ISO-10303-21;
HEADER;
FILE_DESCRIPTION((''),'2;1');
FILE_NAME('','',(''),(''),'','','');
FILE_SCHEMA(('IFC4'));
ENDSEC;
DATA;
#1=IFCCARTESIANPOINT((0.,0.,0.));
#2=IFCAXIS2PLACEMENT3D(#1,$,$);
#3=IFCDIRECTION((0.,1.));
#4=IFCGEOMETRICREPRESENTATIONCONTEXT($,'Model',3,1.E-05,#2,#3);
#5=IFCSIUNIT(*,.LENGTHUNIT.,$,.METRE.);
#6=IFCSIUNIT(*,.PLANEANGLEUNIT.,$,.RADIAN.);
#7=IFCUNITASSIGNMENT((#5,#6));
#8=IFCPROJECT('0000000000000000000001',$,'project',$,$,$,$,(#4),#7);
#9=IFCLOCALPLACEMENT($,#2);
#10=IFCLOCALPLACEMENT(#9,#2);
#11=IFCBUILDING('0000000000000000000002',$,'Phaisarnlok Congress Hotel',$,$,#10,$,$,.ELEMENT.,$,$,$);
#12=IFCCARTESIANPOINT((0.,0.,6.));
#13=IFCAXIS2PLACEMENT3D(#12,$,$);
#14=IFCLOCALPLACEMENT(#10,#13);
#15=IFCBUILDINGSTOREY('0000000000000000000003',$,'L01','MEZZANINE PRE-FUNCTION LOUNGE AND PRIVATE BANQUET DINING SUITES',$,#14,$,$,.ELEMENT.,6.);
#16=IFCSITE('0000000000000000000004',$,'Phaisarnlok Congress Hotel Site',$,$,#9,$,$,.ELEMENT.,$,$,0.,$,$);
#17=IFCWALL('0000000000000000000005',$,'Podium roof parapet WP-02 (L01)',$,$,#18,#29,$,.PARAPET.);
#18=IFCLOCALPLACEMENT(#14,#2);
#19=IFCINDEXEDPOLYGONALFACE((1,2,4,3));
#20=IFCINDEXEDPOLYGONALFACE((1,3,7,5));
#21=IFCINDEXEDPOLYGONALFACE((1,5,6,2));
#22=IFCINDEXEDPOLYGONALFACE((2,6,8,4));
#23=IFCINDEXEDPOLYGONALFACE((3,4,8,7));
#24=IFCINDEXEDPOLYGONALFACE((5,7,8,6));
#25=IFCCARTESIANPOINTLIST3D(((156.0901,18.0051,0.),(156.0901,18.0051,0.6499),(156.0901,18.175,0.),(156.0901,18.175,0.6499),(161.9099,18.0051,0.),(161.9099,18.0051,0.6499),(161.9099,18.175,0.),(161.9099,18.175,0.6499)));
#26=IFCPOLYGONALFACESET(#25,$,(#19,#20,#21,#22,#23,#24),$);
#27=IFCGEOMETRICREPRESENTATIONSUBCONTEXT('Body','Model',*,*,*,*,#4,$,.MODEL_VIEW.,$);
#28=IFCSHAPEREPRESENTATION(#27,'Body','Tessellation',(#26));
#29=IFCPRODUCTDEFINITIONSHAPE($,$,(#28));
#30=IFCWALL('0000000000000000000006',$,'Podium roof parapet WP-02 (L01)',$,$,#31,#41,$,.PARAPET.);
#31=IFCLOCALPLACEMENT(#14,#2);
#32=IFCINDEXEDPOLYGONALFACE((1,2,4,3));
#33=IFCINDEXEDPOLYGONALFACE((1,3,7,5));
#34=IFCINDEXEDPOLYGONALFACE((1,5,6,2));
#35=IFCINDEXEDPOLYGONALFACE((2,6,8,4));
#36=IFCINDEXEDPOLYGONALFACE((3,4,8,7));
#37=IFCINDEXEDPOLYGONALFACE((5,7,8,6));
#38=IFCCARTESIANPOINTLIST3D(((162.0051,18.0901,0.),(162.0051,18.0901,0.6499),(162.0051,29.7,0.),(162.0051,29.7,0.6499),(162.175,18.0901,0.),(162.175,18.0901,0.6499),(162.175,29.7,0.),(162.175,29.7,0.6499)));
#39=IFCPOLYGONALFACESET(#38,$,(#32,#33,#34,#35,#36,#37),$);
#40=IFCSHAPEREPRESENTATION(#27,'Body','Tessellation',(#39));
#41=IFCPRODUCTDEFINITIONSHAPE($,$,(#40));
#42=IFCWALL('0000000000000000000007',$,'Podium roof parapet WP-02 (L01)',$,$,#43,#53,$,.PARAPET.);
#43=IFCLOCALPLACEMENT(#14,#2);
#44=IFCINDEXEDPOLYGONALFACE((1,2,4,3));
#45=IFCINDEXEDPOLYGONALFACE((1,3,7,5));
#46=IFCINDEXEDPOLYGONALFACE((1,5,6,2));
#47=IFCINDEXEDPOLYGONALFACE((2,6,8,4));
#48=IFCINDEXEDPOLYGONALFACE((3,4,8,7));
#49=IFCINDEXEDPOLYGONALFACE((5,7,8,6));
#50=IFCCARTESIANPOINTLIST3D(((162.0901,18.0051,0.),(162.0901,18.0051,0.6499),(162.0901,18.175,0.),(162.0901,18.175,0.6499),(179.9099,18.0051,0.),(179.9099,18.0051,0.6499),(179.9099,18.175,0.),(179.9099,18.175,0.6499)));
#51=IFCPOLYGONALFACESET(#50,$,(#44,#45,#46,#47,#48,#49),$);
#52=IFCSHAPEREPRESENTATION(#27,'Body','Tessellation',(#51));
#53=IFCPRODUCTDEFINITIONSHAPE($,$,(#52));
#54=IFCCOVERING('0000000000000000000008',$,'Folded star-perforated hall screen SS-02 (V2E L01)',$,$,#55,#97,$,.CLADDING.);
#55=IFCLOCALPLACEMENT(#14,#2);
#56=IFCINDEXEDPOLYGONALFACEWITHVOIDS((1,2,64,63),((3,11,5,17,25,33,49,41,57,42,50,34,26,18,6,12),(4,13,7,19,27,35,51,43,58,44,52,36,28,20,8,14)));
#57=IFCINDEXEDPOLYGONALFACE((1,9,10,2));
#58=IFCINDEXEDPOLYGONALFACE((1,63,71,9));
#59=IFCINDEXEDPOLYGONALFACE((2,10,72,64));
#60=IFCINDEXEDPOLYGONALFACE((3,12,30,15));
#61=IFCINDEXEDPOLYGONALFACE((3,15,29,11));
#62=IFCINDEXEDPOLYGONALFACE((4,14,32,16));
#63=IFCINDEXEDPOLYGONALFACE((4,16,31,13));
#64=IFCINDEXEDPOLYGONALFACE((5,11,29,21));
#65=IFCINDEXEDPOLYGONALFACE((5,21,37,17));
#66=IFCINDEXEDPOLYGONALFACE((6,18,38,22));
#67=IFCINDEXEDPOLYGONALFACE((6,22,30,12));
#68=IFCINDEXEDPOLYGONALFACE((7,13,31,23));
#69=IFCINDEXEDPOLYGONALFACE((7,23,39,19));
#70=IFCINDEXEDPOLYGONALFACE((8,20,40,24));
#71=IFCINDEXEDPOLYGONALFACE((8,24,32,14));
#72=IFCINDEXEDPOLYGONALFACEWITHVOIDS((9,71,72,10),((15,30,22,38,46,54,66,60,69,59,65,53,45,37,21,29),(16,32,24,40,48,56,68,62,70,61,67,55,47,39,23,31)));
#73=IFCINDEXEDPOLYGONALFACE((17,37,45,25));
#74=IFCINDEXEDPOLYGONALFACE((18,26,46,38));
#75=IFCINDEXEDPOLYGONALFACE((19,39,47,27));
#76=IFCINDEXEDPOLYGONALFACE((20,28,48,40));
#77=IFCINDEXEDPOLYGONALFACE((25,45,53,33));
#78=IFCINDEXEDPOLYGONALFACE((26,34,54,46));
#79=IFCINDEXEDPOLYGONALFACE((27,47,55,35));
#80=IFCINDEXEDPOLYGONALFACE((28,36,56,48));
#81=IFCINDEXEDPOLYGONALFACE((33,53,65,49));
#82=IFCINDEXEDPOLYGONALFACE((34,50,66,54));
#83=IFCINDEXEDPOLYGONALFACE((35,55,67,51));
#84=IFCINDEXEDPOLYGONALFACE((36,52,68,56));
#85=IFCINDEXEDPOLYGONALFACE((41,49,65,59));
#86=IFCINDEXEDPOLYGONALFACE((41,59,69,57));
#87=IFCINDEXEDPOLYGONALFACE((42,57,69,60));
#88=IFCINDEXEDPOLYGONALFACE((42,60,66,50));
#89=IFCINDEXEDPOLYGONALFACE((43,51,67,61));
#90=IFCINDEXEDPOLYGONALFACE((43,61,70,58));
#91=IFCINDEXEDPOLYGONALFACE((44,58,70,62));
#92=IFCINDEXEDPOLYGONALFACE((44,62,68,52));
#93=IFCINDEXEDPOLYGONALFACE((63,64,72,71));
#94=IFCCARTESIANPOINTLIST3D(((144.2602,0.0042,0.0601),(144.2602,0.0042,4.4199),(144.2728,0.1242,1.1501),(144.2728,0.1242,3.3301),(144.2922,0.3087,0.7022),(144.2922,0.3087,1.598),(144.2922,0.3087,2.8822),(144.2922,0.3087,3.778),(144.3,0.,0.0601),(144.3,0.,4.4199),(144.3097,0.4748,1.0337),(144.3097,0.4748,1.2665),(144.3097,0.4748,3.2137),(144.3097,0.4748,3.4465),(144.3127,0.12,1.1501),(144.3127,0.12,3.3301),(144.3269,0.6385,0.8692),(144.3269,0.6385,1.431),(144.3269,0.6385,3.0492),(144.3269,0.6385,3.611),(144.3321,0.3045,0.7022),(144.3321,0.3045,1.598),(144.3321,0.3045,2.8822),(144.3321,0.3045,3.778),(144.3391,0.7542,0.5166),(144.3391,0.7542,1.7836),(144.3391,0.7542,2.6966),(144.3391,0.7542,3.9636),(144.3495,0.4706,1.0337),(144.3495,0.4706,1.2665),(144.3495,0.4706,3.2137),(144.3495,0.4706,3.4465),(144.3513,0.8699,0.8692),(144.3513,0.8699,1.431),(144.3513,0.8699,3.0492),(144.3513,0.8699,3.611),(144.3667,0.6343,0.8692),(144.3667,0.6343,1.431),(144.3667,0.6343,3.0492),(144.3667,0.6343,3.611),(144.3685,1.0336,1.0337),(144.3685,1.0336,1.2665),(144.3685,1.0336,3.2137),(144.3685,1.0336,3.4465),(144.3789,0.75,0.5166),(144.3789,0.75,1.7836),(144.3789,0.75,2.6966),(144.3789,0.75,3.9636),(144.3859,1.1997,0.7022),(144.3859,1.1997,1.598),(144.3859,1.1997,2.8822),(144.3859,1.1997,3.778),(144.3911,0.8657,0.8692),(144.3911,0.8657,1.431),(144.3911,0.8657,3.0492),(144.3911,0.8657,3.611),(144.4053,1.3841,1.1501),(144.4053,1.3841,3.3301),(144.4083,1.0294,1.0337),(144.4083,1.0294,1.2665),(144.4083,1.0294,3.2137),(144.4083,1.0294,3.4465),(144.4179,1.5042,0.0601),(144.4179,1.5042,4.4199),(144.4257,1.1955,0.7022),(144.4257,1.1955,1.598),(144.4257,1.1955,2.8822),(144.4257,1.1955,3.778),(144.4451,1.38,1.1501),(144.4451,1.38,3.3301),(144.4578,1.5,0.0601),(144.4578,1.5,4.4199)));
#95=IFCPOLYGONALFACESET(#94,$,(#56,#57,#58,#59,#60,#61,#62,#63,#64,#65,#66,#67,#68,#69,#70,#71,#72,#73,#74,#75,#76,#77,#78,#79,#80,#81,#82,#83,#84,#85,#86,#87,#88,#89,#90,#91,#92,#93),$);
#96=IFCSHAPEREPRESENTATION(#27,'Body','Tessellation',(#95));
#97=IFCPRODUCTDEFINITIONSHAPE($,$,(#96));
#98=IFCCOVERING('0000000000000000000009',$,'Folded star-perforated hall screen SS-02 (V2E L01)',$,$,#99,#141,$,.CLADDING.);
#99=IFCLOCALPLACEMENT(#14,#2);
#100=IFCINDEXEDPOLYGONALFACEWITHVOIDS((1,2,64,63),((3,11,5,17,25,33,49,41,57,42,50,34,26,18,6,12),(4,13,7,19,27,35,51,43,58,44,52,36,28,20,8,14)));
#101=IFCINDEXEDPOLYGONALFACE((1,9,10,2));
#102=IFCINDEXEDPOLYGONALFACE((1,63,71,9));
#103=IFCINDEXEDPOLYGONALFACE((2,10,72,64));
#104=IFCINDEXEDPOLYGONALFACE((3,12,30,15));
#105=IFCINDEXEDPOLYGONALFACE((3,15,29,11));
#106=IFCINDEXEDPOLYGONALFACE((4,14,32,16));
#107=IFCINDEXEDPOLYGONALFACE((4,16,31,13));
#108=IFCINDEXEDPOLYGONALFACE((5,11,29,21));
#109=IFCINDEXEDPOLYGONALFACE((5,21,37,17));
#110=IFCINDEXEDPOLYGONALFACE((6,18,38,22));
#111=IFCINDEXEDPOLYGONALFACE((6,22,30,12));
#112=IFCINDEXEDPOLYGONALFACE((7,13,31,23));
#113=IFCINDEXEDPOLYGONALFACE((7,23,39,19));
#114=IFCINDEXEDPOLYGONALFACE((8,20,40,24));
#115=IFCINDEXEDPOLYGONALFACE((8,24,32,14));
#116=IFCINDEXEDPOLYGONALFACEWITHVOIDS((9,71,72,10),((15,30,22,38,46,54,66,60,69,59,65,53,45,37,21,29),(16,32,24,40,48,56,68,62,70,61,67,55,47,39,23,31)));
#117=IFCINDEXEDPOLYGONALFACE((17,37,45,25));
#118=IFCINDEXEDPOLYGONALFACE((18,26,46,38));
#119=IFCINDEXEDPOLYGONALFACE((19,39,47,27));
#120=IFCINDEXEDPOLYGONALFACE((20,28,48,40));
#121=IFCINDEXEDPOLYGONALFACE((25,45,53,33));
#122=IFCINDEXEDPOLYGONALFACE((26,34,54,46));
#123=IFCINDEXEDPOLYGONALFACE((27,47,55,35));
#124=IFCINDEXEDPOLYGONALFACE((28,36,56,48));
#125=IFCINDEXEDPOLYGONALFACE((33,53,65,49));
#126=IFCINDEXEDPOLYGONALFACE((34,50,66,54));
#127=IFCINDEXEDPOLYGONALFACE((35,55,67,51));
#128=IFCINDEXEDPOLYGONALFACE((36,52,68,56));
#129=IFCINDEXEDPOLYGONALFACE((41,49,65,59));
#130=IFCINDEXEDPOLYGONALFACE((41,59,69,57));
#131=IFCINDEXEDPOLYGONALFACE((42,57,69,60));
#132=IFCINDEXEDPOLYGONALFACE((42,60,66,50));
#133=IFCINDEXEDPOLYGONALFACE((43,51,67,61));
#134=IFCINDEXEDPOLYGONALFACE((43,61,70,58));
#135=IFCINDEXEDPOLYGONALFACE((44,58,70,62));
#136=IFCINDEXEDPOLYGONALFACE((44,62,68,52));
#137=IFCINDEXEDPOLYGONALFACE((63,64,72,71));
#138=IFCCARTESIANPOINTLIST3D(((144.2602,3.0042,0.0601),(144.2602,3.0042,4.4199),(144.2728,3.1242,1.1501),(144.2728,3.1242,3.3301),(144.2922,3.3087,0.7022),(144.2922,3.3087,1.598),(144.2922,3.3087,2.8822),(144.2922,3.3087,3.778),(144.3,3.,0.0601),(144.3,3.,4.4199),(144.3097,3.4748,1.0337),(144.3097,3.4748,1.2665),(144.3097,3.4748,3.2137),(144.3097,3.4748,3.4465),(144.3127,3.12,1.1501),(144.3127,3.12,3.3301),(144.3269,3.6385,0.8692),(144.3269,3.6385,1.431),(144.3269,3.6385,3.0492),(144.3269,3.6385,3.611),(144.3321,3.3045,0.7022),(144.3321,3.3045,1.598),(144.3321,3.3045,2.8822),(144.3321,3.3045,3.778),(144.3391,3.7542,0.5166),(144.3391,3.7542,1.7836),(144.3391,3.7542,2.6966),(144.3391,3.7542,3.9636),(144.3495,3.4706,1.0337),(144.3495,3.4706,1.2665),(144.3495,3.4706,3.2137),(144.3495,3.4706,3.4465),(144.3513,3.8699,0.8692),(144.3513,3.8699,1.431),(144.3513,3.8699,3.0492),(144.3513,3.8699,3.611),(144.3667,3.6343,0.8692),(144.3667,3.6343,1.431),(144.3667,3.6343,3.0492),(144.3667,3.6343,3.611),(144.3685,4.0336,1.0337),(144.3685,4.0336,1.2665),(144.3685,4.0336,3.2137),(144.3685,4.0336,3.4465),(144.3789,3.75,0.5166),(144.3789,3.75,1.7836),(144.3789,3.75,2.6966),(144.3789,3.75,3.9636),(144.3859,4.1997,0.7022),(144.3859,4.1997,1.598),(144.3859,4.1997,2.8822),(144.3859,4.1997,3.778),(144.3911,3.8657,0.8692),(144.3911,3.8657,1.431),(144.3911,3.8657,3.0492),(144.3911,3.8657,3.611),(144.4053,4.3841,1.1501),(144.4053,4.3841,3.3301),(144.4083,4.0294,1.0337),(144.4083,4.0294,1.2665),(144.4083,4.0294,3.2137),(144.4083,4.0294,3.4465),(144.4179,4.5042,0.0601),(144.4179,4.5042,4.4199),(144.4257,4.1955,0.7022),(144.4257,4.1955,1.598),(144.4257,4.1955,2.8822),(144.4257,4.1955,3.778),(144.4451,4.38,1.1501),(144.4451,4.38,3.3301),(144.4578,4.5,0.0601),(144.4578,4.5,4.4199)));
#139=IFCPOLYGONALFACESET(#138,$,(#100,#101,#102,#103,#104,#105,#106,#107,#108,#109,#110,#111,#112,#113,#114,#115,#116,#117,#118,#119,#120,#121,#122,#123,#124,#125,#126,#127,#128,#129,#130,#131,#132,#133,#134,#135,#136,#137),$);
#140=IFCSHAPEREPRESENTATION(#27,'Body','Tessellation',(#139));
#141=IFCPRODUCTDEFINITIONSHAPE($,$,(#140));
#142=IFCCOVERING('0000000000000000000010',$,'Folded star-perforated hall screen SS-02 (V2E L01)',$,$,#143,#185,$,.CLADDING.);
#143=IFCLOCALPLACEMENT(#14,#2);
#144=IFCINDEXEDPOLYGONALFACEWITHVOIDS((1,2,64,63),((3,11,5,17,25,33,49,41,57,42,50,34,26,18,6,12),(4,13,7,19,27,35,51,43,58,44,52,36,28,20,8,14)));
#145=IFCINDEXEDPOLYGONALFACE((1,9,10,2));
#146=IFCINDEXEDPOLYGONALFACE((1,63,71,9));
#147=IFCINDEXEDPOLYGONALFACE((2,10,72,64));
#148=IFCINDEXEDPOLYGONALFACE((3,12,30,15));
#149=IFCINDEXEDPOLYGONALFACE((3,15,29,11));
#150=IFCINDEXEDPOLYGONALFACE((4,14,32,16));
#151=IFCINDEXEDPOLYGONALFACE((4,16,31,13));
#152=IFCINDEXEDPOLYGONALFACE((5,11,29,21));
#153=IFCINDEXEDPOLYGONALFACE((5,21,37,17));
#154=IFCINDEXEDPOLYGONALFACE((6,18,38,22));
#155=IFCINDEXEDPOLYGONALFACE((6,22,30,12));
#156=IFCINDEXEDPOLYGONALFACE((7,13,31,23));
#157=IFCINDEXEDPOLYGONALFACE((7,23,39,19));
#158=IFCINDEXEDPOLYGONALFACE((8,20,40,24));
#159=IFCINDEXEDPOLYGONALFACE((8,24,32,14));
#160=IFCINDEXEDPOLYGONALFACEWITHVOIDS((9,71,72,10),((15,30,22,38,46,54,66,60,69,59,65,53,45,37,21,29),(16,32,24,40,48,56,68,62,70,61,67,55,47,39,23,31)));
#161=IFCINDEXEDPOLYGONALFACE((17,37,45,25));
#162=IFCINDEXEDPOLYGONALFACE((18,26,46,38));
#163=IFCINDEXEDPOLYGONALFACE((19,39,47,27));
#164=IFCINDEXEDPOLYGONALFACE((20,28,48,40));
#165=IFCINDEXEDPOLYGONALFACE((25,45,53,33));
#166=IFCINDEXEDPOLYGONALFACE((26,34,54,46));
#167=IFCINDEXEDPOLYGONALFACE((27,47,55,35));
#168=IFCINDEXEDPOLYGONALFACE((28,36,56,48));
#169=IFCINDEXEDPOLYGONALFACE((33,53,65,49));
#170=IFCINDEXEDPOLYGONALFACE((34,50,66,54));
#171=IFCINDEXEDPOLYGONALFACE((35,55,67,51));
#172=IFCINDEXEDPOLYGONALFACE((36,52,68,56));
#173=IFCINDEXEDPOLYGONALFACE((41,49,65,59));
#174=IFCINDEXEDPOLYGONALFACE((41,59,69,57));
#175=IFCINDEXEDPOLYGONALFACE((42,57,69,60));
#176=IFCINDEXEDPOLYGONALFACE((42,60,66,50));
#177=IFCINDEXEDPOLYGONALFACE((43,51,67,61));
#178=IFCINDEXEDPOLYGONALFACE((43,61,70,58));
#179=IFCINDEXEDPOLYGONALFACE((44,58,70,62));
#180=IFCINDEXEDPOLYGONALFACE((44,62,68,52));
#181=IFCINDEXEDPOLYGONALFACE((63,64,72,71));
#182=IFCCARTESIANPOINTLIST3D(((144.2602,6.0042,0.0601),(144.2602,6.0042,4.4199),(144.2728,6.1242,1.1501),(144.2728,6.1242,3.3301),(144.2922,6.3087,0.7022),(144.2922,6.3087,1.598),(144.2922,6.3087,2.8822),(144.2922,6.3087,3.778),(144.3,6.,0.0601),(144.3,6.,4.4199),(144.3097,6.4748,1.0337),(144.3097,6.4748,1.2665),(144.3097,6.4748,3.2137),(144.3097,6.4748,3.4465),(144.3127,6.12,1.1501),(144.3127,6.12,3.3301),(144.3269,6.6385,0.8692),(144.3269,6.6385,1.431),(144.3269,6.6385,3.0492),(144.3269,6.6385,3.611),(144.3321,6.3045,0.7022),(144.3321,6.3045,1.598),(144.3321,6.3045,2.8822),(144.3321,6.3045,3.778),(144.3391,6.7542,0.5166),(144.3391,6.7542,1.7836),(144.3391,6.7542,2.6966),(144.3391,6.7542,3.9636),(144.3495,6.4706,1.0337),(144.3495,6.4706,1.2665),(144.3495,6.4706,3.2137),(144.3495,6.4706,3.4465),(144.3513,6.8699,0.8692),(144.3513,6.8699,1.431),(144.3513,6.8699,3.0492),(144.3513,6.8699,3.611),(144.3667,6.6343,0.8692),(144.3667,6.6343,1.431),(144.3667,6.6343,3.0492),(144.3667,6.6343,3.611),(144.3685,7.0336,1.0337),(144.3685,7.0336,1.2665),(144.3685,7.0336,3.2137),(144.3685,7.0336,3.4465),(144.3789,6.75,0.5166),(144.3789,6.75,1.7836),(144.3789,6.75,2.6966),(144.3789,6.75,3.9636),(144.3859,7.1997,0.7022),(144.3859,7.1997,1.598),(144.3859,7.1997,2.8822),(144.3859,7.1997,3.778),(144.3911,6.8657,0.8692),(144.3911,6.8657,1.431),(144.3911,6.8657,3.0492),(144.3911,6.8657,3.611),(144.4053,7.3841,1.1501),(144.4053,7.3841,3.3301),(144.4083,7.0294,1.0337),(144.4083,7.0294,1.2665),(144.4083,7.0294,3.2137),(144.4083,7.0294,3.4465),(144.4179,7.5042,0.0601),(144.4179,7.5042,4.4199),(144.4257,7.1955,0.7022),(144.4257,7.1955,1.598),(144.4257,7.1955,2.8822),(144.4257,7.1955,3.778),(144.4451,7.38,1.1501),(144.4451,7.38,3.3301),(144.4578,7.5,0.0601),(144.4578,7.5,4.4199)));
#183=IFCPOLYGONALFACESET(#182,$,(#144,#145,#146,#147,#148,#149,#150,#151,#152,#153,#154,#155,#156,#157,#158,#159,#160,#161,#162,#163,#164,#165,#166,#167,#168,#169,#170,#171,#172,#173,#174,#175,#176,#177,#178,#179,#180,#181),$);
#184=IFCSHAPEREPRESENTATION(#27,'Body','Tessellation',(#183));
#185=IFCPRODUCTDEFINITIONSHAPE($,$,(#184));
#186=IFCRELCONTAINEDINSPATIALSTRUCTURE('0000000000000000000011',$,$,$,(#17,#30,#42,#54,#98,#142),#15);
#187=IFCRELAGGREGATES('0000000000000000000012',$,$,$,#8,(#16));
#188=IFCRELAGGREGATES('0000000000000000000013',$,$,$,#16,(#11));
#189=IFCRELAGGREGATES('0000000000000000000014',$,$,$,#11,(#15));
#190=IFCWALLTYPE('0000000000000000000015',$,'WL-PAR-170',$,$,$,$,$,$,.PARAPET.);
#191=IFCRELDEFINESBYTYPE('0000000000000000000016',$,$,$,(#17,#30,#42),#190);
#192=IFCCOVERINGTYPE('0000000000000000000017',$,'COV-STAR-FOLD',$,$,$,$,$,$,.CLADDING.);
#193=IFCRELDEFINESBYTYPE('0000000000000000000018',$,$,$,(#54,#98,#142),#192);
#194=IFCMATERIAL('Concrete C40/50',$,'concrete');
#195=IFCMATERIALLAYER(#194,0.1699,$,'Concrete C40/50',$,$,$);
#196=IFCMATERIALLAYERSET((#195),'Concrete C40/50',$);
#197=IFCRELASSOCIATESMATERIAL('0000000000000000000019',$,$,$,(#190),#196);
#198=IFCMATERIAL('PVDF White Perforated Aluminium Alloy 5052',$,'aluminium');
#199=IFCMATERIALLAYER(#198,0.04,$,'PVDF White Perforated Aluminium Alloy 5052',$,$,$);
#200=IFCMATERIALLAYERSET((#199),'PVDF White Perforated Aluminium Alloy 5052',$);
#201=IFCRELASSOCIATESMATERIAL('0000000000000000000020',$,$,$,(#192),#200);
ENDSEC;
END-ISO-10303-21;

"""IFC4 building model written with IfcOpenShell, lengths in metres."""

from ifc_helpers import new_model, si_unit, direction, frame, frame_2d, origin, place, context, subcontext, project, spatial, polyline, rectangle, outline, extrude, material, layer, layer_set, type_object, element, save


model = new_model("IFC4")

# Units and contexts
model_context = context("Model", 3, precision=1e-05, world=origin(), true_north=direction((0.0, 1.0)))
body_context = subcontext(model_context, "Body", "Model", "MODEL_VIEW")
ifc_project = project(units=[si_unit("LENGTHUNIT", "METRE"), si_unit("PLANEANGLEUNIT", "RADIAN")], contexts=[model_context])

# Site, building, storey
site_placement = place(None, origin())
site = spatial("IfcSite", under=ifc_project, at=site_placement, Name="Phaisarnlok Congress Hotel Site", CompositionType="ELEMENT", RefElevation=0.0)
building_placement = place(site_placement, origin())
building = spatial("IfcBuilding", under=site, at=building_placement, Name="Phaisarnlok Congress Hotel", CompositionType="ELEMENT")
storey_placement = place(building_placement, frame((0.0, 0.0, 6.0)))
storey = spatial("IfcBuildingStorey", under=building, at=storey_placement, Name="L01", Description="MEZZANINE PRE-FUNCTION LOUNGE AND PRIVATE BANQUET DINING SUITES", CompositionType="ELEMENT", Elevation=6.0)

# Shared definitions
ifc_material_1 = material(Name="Concrete C40/50", Category="concrete")

# Walls
ifc_layer_1 = layer(ifc_material_1, 0.1699, Name="Concrete C40/50")
ifc_layer_set_1 = layer_set([ifc_layer_1], Name="Concrete C40/50")
wall_type_1 = type_object("IfcWallType", Name="WL-PAR-170", PredefinedType="PARAPET", material=ifc_layer_set_1)
wall_1_placement = place(storey_placement, frame((156.0901, 18.0901, 0.0), z_axis=(0.0, 0.0, 1.0), x_axis=(1.0, 0.0, 0.0)))
element("IfcWall", 1, at=wall_1_placement, inside=storey, type_object=wall_type_1, Name="Podium roof parapet WP-02 (L01)", PredefinedType="PARAPET", context=body_context, shape_type="SweptSolid", body=[
    extrude(rectangle(XDim=5.8198, YDim=0.1699, at=frame_2d((2.9099, 0.0))), origin(), (0.0, 0.0, 1.0), 0.6499),
])
wall_2_placement = place(storey_placement, frame((162.0901, 29.7, 0.0), z_axis=(0.0, 0.0, 1.0), x_axis=(0.0, -1.0, 0.0)))
element("IfcWall", 2, at=wall_2_placement, inside=storey, type_object=wall_type_1, Name="Podium roof parapet WP-02 (L01)", PredefinedType="PARAPET", context=body_context, shape_type="SweptSolid", body=[
    extrude(rectangle(XDim=11.6099, YDim=0.1699, at=frame_2d((5.8049, 0.0))), origin(), (0.0, 0.0, 1.0), 0.6499),
])
wall_3_placement = place(storey_placement, frame((162.0901, 18.0901, 0.0), z_axis=(0.0, 0.0, 1.0), x_axis=(1.0, 0.0, 0.0)))
element("IfcWall", 3, at=wall_3_placement, inside=storey, type_object=wall_type_1, Name="Podium roof parapet WP-02 (L01)", PredefinedType="PARAPET", context=body_context, shape_type="SweptSolid", body=[
    extrude(rectangle(XDim=17.8198, YDim=0.1699, at=frame_2d((8.9099, 0.0))), origin(), (0.0, 0.0, 1.0), 0.6499),
])

# Coverings
ifc_material_2 = material(Name="PVDF White Perforated Aluminium Alloy 5052", Category="aluminium")
ifc_layer_2 = layer(ifc_material_2, 0.04, Name="PVDF White Perforated Aluminium Alloy 5052")
ifc_layer_set_2 = layer_set([ifc_layer_2], Name="PVDF White Perforated Aluminium Alloy 5052")
covering_type = type_object("IfcCoveringType", Name="COV-STAR-FOLD", PredefinedType="CLADDING", material=ifc_layer_set_2)
for number, where, z_axis, x_axis, name in (
    (4, (144.4578, 1.5, 0.0601), (-0.994518, 0.104567, 0.0), (-0.104567, -0.994518, 0.0), "Folded star-perforated hall screen SS-02 (V2E L01)"),
    (5, (144.4578, 4.5, 0.0601), (-0.994518, 0.104567, 0.0), (-0.104567, -0.994518, 0.0), "Folded star-perforated hall screen SS-02 (V2E L01)"),
    (6, (144.4578, 7.5, 0.0601), (-0.994518, 0.104567, 0.0), (-0.104567, -0.994518, 0.0), "Folded star-perforated hall screen SS-02 (V2E L01)"),
):
    element("IfcCovering", number, at=place(storey_placement, frame(where, z_axis=z_axis, x_axis=x_axis)), inside=storey, type_object=covering_type, Name=name, PredefinedType="CLADDING", context=body_context, shape_type="SweptSolid", body=[
        extrude(outline(polyline([(0.0, 0.0), (1.5083, 0.0), (1.5083, 4.3599), (0.0, 4.3599), (0.0, 0.0)]), holes=[polyline([(1.0351, 0.9736), (1.2021, 0.6421), (0.8705, 0.8091), (0.7541, 0.4565), (0.6378, 0.8091), (0.3062, 0.6421), (0.4732, 0.9736), (0.1207, 1.09), (0.4732, 1.2064), (0.3062, 1.5379), (0.6378, 1.3709), (0.7541, 1.7235), (0.8705, 1.3709), (1.2021, 1.5379), (1.0351, 1.2064), (1.3876, 1.09), (1.0351, 0.9736)]), polyline([(1.0351, 3.1536), (1.2021, 2.8221), (0.8705, 2.9891), (0.7541, 2.6365), (0.6378, 2.9891), (0.3062, 2.8221), (0.4732, 3.1536), (0.1207, 3.27), (0.4732, 3.3864), (0.3062, 3.7179), (0.6378, 3.5509), (0.7541, 3.9035), (0.8705, 3.5509), (1.2021, 3.7179), (1.0351, 3.3864), (1.3876, 3.27), (1.0351, 3.1536)])]), origin(), (0.0, 0.0, 1.0), 0.04),
    ])

save(model, "model.ifc")
